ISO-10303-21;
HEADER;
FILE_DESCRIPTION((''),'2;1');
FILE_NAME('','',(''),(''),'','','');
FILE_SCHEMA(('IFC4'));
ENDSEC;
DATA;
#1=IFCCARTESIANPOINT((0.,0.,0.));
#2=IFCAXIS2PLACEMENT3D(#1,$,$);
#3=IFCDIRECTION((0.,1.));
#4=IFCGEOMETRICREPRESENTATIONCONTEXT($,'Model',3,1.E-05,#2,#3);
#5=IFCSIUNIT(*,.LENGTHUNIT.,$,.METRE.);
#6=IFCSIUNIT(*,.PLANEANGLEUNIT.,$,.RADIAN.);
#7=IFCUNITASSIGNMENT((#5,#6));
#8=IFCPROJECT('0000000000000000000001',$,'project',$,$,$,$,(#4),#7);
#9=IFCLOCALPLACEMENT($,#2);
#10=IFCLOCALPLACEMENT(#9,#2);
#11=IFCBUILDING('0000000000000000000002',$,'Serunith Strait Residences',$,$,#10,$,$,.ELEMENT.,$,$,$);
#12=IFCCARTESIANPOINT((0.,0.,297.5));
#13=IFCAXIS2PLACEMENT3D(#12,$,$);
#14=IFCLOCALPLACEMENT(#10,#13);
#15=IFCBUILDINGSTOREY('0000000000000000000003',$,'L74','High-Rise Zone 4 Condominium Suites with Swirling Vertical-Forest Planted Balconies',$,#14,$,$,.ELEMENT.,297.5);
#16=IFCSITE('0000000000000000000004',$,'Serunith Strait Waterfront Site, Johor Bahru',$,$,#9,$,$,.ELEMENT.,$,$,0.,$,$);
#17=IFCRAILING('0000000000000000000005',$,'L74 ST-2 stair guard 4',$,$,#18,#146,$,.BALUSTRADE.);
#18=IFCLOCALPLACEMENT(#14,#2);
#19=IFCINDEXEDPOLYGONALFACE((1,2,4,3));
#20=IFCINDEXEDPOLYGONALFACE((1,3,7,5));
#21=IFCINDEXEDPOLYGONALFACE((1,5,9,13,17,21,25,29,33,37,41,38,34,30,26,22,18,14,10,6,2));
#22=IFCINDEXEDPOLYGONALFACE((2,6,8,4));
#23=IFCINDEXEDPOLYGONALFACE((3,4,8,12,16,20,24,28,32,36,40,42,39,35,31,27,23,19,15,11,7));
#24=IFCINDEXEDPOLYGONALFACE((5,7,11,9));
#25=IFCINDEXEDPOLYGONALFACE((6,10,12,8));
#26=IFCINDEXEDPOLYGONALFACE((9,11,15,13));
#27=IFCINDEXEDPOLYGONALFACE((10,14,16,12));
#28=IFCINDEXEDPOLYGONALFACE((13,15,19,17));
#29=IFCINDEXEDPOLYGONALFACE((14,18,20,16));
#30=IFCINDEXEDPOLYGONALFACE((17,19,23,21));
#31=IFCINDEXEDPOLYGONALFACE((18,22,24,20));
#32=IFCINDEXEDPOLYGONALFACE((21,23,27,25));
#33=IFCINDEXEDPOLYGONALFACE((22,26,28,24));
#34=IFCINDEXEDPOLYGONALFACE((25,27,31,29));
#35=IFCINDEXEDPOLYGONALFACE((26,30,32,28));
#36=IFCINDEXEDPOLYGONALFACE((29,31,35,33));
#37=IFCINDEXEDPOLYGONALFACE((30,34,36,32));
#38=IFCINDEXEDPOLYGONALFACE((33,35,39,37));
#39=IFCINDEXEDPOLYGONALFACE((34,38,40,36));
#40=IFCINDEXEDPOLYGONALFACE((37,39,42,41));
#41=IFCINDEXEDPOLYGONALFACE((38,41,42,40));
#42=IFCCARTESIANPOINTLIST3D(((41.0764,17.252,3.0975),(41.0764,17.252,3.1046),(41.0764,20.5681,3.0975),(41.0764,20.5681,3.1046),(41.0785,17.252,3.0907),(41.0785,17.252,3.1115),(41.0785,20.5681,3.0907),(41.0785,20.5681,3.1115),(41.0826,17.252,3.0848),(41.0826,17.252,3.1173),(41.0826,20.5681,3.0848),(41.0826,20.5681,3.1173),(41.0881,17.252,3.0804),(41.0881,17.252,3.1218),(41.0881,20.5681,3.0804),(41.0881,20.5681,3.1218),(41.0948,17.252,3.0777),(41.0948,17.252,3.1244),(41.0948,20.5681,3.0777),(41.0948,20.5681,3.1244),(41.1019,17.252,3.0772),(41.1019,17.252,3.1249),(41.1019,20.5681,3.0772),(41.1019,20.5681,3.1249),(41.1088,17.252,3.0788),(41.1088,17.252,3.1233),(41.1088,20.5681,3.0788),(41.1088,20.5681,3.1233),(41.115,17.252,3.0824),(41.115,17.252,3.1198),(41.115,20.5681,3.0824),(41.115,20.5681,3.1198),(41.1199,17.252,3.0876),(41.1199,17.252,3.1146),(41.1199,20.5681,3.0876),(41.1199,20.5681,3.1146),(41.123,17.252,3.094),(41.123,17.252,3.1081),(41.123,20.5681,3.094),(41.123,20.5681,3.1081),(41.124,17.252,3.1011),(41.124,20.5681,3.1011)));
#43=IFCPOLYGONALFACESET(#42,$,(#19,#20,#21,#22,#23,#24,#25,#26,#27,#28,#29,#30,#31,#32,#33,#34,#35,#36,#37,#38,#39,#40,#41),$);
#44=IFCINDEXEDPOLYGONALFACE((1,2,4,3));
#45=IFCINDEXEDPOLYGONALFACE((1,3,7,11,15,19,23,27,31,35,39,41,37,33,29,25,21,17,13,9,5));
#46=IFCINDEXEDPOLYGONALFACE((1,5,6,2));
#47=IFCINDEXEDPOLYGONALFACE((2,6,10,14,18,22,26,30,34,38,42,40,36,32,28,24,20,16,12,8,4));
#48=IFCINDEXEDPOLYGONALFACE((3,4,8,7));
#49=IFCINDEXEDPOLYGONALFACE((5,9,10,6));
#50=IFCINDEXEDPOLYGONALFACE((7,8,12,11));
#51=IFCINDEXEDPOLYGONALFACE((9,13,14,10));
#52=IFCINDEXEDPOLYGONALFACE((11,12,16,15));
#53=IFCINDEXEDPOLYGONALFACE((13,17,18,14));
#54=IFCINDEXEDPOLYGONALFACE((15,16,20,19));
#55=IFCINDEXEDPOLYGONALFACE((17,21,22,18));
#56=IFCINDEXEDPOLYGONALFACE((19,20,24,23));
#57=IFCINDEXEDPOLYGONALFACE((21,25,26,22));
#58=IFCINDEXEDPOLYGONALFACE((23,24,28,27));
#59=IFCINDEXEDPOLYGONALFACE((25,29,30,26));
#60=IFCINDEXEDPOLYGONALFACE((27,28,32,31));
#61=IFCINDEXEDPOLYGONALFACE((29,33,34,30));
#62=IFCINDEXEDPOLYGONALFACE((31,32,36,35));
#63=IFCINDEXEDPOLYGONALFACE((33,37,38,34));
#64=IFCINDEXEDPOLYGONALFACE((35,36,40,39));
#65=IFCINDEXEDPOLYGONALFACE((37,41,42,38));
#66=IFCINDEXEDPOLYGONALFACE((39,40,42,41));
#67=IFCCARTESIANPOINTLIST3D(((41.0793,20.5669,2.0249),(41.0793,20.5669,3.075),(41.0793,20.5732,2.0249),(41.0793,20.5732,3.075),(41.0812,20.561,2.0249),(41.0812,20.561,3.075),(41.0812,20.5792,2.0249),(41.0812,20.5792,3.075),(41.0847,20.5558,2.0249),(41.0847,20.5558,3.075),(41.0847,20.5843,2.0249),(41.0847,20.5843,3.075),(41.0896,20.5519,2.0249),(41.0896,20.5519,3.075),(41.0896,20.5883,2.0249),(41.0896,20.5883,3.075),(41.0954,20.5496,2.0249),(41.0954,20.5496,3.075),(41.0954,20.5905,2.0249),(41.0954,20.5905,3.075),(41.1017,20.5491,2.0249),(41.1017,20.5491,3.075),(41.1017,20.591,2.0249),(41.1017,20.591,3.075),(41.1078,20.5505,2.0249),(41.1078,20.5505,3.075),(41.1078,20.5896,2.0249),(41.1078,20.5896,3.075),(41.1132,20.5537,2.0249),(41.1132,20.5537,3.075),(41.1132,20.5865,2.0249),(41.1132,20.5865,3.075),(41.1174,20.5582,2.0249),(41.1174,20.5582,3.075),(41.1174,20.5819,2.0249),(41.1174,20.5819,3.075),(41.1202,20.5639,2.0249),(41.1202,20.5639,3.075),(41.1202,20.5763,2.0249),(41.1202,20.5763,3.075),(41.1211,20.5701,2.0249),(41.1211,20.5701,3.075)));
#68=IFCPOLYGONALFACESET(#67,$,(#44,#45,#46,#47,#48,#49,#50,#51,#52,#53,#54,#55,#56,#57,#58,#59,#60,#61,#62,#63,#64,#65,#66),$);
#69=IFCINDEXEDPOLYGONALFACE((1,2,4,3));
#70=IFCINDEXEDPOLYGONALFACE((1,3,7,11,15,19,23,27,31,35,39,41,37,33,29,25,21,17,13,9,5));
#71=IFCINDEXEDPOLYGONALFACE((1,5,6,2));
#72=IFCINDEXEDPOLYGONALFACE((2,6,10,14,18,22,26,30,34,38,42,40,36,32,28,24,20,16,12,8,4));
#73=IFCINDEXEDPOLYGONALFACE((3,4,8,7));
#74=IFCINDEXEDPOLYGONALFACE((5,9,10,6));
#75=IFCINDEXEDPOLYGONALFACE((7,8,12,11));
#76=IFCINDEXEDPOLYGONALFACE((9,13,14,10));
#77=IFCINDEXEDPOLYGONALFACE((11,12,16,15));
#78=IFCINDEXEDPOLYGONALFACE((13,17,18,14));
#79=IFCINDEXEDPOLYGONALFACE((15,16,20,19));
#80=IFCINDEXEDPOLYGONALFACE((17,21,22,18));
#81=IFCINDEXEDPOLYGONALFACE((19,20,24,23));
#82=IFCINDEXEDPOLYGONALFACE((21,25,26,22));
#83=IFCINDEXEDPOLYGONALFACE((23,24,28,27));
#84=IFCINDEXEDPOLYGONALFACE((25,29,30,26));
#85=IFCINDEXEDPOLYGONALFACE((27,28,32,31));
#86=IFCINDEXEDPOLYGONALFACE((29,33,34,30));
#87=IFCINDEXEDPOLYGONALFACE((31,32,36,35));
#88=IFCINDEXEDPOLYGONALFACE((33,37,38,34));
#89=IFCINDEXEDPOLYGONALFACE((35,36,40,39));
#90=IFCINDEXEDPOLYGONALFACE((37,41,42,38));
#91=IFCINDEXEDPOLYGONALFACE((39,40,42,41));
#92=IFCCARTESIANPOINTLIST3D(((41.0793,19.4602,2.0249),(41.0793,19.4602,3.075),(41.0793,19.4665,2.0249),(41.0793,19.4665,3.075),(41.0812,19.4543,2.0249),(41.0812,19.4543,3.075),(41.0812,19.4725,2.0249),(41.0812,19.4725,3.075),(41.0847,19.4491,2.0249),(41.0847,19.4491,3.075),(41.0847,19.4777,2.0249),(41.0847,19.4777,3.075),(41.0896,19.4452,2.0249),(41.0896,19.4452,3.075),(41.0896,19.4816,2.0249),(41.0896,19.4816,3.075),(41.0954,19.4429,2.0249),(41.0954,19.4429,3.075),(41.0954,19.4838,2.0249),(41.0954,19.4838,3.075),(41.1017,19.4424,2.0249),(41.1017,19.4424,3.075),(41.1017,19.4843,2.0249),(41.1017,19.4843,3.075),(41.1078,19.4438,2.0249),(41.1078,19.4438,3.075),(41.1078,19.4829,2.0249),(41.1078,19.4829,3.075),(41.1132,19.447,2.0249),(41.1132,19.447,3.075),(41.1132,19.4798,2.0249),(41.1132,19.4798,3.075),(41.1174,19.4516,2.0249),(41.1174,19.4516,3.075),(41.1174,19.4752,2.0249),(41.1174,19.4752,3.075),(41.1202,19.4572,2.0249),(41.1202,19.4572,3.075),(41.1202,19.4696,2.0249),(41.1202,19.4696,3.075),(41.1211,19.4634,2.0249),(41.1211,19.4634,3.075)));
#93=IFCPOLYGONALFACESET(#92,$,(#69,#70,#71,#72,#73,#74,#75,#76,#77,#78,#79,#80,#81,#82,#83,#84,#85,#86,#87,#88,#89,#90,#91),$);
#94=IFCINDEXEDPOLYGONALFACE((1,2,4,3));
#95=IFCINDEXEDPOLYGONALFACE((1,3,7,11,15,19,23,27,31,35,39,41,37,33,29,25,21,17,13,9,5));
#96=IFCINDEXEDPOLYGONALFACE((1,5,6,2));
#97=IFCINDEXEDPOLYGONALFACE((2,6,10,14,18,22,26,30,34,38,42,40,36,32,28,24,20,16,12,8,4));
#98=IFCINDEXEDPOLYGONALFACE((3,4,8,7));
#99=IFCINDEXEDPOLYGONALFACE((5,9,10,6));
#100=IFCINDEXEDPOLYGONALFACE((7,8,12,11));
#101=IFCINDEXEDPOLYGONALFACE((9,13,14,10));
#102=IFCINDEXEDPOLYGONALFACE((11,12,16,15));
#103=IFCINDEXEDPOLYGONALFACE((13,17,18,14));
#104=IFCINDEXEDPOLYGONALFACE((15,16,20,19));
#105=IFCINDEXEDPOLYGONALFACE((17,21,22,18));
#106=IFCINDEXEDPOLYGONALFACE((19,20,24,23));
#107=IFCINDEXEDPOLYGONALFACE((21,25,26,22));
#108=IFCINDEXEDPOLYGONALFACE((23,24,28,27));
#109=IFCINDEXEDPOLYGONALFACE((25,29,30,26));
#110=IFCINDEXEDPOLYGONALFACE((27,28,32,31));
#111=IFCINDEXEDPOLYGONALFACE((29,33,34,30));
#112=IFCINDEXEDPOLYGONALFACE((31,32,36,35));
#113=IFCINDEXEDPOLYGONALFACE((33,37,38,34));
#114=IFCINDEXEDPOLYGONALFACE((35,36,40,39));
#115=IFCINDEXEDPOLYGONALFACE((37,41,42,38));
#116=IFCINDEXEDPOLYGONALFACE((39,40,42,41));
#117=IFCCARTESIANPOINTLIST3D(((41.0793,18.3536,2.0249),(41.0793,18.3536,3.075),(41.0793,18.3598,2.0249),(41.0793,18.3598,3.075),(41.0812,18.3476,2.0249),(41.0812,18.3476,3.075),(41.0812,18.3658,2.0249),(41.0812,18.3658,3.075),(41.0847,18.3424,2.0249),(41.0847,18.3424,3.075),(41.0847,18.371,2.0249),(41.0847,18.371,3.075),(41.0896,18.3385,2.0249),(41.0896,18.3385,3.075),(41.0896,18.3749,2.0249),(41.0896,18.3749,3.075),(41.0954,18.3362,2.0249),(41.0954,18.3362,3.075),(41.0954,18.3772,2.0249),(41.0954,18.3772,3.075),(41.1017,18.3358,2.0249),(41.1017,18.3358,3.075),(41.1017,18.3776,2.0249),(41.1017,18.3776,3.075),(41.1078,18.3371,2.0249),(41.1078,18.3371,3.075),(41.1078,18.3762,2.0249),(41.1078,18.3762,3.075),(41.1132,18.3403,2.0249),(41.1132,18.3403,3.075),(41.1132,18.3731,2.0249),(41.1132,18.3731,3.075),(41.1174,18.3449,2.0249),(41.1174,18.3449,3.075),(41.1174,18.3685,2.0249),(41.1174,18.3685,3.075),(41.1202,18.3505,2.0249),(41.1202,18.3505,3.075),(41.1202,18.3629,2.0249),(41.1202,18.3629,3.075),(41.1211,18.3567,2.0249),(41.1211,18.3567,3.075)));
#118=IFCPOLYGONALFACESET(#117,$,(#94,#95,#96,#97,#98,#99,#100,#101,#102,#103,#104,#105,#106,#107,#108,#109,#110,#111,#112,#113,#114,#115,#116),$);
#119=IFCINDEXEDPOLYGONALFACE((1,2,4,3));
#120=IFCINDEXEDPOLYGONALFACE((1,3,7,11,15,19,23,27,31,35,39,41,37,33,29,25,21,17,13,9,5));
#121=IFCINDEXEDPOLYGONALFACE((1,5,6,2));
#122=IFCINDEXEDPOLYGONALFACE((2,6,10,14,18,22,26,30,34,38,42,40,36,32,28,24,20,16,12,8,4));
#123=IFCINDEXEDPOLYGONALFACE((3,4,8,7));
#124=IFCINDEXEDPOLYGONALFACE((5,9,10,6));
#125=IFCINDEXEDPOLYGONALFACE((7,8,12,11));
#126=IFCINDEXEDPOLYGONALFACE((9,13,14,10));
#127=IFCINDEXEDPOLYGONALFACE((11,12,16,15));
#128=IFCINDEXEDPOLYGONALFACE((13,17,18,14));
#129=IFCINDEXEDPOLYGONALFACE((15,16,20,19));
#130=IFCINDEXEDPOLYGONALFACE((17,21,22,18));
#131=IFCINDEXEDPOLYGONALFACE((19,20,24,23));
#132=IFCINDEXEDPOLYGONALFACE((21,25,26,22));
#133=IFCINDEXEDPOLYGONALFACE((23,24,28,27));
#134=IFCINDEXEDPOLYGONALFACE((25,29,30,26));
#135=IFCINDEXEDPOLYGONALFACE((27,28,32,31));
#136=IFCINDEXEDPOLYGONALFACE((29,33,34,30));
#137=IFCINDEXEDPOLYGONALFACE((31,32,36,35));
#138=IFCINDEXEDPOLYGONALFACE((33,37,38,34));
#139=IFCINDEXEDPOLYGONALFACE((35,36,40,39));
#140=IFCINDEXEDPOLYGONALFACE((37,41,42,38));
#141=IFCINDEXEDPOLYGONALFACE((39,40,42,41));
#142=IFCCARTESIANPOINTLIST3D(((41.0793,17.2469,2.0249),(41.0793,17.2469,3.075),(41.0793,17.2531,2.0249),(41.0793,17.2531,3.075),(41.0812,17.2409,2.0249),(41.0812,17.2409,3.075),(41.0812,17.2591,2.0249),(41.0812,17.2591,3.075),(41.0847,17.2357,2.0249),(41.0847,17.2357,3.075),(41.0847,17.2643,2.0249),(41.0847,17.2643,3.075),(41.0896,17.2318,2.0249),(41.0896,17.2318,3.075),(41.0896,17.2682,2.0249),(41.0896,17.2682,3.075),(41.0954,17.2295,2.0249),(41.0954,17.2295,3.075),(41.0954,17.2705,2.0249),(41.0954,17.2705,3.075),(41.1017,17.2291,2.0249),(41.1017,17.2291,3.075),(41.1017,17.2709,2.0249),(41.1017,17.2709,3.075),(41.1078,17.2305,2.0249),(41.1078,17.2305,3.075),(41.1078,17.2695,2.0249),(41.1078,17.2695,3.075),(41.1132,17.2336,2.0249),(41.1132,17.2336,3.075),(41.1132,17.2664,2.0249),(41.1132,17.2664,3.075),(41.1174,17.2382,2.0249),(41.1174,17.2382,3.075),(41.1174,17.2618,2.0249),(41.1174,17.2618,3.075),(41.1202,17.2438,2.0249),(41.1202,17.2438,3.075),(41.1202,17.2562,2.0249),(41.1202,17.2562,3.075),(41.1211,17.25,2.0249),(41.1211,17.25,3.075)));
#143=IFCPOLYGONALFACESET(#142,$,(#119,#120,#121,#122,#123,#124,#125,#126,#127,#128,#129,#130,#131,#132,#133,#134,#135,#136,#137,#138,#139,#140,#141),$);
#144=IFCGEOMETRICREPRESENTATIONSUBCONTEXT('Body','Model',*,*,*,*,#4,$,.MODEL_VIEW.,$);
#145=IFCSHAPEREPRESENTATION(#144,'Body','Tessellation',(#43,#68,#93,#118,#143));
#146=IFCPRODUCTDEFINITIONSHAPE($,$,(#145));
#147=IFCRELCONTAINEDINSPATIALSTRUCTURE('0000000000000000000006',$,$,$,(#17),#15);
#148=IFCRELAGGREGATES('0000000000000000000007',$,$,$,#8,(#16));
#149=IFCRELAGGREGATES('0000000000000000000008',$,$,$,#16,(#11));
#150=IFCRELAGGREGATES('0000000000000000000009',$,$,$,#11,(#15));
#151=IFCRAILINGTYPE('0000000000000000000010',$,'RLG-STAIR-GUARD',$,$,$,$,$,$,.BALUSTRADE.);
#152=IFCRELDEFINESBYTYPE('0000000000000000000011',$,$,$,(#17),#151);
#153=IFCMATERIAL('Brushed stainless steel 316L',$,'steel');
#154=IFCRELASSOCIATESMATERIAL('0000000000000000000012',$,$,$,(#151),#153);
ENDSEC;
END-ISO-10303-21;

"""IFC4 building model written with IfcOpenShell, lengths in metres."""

from ifc_helpers import new_model, si_unit, direction, frame, origin, origin_2d, place, context, subcontext, project, spatial, circle, extrude, material, type_object, element, save


model = new_model("IFC4")

# Units and contexts
model_context = context("Model", 3, precision=1e-05, world=origin(), true_north=direction((0.0, 1.0)))
body_context = subcontext(model_context, "Body", "Model", "MODEL_VIEW")
ifc_project = project(units=[si_unit("LENGTHUNIT", "METRE"), si_unit("PLANEANGLEUNIT", "RADIAN")], contexts=[model_context])

# Site, building, storey
site_placement = place(None, origin())
site = spatial("IfcSite", under=ifc_project, at=site_placement, Name="Serunith Strait Waterfront Site, Johor Bahru", CompositionType="ELEMENT", RefElevation=0.0)
building_placement = place(site_placement, origin())
building = spatial("IfcBuilding", under=site, at=building_placement, Name="Serunith Strait Residences", CompositionType="ELEMENT")
storey_placement = place(building_placement, frame((0.0, 0.0, 297.5)))
storey = spatial("IfcBuildingStorey", under=building, at=storey_placement, Name="L74", Description="High-Rise Zone 4 Condominium Suites with Swirling Vertical-Forest Planted Balconies", CompositionType="ELEMENT", Elevation=297.5)

# Railing
ifc_material_1 = material(Name="Brushed stainless steel 316L", Category="steel")
railing_type_1 = type_object("IfcRailingType", Name="RLG-STAIR-GUARD", PredefinedType="BALUSTRADE", material=ifc_material_1)
for number, where, name in (
    (1, (41.1001, 20.5701, 2.0249), "L74 ST-2 stair guard 4"),
):
    element("IfcRailing", number, at=place(storey_placement, frame(where)), inside=storey, type_object=railing_type_1, Name=name, PredefinedType="BALUSTRADE", context=body_context, shape_type="SweptSolid", body=[
        extrude(circle(Radius=0.0239, at=origin_2d()), frame((0.0, -0.002, 1.0762), z_axis=(0.0, -1.0, 0.0), x_axis=(1.0, 0.0, 0.0)), (0.0, 0.0, 1.0), 3.3162),
        extrude(circle(Radius=0.021, at=origin_2d()), origin(), (0.0, 0.0, 1.0), 1.05),
        extrude(circle(Radius=0.021, at=origin_2d()), frame((0.0, -1.1067, 0.0)), (0.0, 0.0, 1.0), 1.05),
        extrude(circle(Radius=0.021, at=origin_2d()), frame((0.0, -2.2134, 0.0)), (0.0, 0.0, 1.0), 1.05),
        extrude(circle(Radius=0.021, at=origin_2d()), frame((0.0, -3.3201, 0.0)), (0.0, 0.0, 1.0), 1.05),
    ])

save(model, "model.ifc")
